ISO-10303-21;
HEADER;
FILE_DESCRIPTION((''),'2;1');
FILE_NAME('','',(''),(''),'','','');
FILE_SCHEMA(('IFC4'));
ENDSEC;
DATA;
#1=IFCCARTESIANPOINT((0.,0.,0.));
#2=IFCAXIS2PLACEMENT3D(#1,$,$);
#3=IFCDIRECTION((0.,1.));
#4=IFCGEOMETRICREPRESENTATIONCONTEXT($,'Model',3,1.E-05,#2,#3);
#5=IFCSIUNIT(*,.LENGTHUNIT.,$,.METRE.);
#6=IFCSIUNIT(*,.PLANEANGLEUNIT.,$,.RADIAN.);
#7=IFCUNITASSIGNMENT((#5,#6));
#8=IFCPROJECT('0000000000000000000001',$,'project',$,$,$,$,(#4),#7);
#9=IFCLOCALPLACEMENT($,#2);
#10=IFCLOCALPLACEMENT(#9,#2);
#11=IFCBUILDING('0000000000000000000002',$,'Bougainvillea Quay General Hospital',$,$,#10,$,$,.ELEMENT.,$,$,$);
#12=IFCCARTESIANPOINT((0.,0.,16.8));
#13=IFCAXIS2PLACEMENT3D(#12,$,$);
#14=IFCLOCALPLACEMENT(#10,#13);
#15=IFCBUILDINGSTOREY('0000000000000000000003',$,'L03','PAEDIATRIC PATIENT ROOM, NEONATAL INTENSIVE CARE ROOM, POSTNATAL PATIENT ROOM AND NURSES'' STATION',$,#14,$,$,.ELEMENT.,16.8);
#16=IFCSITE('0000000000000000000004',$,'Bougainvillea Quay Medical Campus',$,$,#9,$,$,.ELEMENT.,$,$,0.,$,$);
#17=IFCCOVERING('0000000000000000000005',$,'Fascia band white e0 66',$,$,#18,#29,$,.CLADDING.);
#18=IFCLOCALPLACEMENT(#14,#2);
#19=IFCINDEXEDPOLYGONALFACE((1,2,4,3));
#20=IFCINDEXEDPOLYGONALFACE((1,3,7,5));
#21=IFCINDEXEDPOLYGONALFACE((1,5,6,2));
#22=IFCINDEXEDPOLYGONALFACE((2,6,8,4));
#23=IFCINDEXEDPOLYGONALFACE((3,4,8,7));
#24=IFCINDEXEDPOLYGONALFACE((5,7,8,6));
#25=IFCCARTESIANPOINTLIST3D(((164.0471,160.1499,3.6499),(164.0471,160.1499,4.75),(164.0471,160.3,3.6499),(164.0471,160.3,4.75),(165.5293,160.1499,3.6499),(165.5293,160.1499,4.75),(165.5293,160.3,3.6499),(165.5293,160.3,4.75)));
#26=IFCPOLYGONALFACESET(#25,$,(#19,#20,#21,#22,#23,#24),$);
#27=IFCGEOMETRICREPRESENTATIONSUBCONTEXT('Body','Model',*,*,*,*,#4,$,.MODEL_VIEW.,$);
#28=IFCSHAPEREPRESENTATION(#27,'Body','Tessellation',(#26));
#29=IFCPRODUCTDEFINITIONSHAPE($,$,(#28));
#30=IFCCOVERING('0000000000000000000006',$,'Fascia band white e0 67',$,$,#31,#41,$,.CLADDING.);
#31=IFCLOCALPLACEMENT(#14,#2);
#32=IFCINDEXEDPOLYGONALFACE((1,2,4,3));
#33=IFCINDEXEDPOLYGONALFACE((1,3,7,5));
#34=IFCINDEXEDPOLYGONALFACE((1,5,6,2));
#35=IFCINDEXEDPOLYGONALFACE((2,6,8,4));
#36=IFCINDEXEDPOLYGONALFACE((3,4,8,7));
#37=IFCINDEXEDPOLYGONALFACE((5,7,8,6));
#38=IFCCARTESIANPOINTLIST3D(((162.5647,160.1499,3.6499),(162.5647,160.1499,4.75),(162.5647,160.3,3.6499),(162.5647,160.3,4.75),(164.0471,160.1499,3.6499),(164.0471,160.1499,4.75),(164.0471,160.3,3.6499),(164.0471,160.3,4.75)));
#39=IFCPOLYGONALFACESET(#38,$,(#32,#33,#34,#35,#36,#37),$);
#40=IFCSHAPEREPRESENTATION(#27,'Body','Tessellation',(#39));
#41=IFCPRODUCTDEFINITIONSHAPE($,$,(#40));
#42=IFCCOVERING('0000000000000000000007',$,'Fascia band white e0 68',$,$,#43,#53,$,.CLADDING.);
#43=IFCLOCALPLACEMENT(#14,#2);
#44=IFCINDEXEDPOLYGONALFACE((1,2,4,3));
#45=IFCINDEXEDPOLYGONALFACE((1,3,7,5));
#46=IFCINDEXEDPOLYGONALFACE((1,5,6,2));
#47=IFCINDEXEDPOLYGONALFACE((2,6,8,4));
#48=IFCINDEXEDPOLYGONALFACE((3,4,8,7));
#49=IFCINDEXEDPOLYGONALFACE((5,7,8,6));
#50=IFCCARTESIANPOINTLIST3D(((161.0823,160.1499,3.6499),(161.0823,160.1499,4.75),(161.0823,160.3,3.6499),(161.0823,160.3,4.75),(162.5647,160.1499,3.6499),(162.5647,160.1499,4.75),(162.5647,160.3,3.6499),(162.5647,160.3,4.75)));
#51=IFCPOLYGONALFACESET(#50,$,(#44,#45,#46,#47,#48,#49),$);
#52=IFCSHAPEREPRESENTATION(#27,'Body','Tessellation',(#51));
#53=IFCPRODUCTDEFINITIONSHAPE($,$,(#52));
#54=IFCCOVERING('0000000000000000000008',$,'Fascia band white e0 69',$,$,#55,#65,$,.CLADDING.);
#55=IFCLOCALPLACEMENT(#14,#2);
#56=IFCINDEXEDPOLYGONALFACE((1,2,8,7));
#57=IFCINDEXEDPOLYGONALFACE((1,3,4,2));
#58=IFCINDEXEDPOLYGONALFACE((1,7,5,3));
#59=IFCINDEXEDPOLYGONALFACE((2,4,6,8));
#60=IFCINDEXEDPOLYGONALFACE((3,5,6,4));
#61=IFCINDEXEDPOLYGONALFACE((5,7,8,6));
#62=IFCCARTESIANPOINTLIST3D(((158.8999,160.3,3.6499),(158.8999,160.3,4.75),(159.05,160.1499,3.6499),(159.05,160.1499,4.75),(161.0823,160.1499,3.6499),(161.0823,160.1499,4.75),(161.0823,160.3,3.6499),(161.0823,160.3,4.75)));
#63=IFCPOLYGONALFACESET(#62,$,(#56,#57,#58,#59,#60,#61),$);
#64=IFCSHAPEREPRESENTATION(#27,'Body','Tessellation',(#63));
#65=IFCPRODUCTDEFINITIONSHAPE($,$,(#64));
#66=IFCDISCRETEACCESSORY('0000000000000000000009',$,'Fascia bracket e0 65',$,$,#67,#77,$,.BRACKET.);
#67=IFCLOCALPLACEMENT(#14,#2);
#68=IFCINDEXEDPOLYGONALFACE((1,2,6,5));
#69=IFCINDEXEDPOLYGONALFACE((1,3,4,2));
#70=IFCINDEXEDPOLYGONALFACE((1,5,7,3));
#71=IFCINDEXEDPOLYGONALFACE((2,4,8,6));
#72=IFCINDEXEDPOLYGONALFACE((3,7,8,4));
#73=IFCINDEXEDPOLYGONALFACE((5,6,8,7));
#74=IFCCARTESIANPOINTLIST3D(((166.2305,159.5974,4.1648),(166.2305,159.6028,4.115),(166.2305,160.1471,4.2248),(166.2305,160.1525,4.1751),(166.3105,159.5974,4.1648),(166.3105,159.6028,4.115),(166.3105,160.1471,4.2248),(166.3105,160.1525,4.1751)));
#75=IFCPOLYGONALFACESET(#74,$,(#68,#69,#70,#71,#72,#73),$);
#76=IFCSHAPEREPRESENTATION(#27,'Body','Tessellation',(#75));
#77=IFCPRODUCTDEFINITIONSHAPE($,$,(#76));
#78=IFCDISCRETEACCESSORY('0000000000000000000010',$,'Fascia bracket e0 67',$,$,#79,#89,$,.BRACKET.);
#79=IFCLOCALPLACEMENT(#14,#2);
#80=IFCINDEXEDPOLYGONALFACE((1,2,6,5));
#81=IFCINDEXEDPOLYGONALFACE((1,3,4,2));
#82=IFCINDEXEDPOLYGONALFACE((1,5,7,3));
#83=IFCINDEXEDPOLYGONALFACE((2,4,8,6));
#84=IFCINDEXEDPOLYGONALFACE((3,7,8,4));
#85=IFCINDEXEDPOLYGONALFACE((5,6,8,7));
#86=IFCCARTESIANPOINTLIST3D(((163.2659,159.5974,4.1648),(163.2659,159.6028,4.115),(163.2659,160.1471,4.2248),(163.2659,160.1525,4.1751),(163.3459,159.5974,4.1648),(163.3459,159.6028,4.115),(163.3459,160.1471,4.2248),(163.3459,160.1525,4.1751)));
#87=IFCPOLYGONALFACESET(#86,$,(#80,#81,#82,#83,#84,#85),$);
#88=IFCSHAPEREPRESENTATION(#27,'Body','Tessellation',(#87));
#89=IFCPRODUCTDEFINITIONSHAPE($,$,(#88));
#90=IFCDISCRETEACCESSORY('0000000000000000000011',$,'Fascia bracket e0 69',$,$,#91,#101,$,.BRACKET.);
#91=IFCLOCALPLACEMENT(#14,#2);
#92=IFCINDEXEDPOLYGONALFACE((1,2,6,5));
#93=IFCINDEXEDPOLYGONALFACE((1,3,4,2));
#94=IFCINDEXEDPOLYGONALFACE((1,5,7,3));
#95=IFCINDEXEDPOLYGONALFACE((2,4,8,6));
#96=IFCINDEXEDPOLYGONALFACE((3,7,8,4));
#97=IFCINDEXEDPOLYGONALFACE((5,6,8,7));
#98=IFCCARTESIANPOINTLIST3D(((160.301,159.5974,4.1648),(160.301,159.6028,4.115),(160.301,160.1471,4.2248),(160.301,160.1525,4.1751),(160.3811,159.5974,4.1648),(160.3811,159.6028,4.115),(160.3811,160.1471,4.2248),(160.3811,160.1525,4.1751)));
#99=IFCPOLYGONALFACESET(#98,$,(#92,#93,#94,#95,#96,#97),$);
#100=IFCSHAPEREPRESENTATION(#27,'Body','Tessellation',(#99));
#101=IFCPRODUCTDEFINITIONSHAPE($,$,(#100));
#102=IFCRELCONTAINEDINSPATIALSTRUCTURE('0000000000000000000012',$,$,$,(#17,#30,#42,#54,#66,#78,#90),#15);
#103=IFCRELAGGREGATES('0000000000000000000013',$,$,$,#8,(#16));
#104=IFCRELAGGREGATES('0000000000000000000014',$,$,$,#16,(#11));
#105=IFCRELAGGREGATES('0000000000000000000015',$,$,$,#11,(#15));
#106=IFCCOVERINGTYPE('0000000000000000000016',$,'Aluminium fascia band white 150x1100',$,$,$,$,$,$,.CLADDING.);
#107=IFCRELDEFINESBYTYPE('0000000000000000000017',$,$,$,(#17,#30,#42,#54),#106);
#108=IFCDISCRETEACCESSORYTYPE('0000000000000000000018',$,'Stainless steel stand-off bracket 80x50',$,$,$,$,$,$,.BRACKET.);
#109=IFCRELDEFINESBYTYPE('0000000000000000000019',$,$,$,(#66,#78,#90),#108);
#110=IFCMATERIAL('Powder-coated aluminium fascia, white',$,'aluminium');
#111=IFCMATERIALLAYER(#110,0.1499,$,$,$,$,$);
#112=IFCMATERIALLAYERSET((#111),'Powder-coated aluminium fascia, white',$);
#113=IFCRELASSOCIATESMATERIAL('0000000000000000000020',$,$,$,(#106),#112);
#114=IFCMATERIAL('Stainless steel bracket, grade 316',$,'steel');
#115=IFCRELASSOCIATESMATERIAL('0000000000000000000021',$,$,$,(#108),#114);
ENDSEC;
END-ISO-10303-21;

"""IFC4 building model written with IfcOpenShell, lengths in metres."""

from ifc_helpers import new_model, si_unit, direction, frame, origin, origin_2d, place, context, subcontext, project, spatial, polyline, rectangle, outline, extrude, material, layer, layer_set, material_profile, profile_set, type_object, element, save


model = new_model("IFC4")

# Units and contexts
model_context = context("Model", 3, precision=1e-05, world=origin(), true_north=direction((0.0, 1.0)))
body_context = subcontext(model_context, "Body", "Model", "MODEL_VIEW")
ifc_project = project(units=[si_unit("LENGTHUNIT", "METRE"), si_unit("PLANEANGLEUNIT", "RADIAN")], contexts=[model_context])

# Site, building, storey
site_placement = place(None, origin())
site = spatial("IfcSite", under=ifc_project, at=site_placement, Name="Bougainvillea Quay Medical Campus", CompositionType="ELEMENT", RefElevation=0.0)
building_placement = place(site_placement, origin())
building = spatial("IfcBuilding", under=site, at=building_placement, Name="Bougainvillea Quay General Hospital", CompositionType="ELEMENT")
storey_placement = place(building_placement, frame((0.0, 0.0, 16.8)))
storey = spatial("IfcBuildingStorey", under=building, at=storey_placement, Name="L03", Description="PAEDIATRIC PATIENT ROOM, NEONATAL INTENSIVE CARE ROOM, POSTNATAL PATIENT ROOM AND NURSES' STATION", CompositionType="ELEMENT", Elevation=16.8)

# Coverings
ifc_material_1 = material(Name="Powder-coated aluminium fascia, white", Category="aluminium")
ifc_layer_1 = layer(ifc_material_1, 0.1499)
ifc_layer_set_1 = layer_set([ifc_layer_1], Name="Powder-coated aluminium fascia, white")
covering_type = type_object("IfcCoveringType", Name="Aluminium fascia band white 150x1100", PredefinedType="CLADDING", material=ifc_layer_set_1)
covering_1_placement = place(storey_placement, frame((165.5293, 160.1499, 3.6499), z_axis=(0.0, 0.0, 1.0), x_axis=(-1.0, 0.0, 0.0)))
element("IfcCovering", 1, at=covering_1_placement, inside=storey, type_object=covering_type, Name="Fascia band white e0 66", PredefinedType="CLADDING", context=body_context, shape_type="SweptSolid", body=[
    extrude(outline(polyline([(0.0, 0.0), (1.4822, 0.0), (1.4822, -0.1501), (0.0, -0.1501), (0.0, 0.0)])), origin(), (0.0, 0.0, 1.0), 1.1001),
])
for number, where, z_axis, x_axis, name in (
    (2, (164.0471, 160.1499, 3.6499), (0.0, 0.0, 1.0), (-1.0, 0.0, 0.0), "Fascia band white e0 67"),
    (3, (162.5647, 160.1499, 3.6499), (0.0, 0.0, 1.0), (-1.0, 0.0, 0.0), "Fascia band white e0 68"),
):
    element("IfcCovering", number, at=place(storey_placement, frame(where, z_axis=z_axis, x_axis=x_axis)), inside=storey, type_object=covering_type, Name=name, PredefinedType="CLADDING", context=body_context, shape_type="SweptSolid", body=[
        extrude(outline(polyline([(0.0, 0.0), (1.4824, 0.0), (1.4824, -0.1501), (0.0, -0.1501), (0.0, 0.0)])), origin(), (0.0, 0.0, 1.0), 1.1001),
    ])
covering_2_placement = place(storey_placement, frame((161.0823, 160.1499, 3.6499), z_axis=(0.0, 0.0, 1.0), x_axis=(-1.0, 0.0, 0.0)))
element("IfcCovering", 4, at=covering_2_placement, inside=storey, type_object=covering_type, Name="Fascia band white e0 69", PredefinedType="CLADDING", context=body_context, shape_type="SweptSolid", body=[
    extrude(outline(polyline([(0.0, 0.0), (2.0322, 0.0), (2.1824, -0.1501), (0.0, -0.1501), (0.0, 0.0)])), origin(), (0.0, 0.0, 1.0), 1.1001),
])

# Discrete accessories
ifc_material_2 = material(Name="Stainless steel bracket, grade 316", Category="steel")
ifc_material_profile_1 = material_profile(ifc_material_2, rectangle(XDim=0.0801, YDim=0.05, at=origin_2d()))
ifc_profile_set_1 = profile_set([ifc_material_profile_1], Name="Stainless steel bracket, grade 316")
discrete_accessory_type = type_object("IfcDiscreteAccessoryType", Name="Stainless steel stand-off bracket 80x50", PredefinedType="BRACKET", material=ifc_profile_set_1)
for number, where, z_axis, x_axis, name in (
    (5, (166.2705, 159.6001, 4.1399), (0.0, 0.994087, 0.10859), (-1.0, 0.0, 0.0), "Fascia bracket e0 65"),
    (6, (163.3059, 159.6001, 4.1399), (0.0, 0.994087, 0.10859), (-1.0, 0.0, 0.0), "Fascia bracket e0 67"),
    (7, (160.3411, 159.6001, 4.1399), (0.0, 0.994087, 0.10859), (-1.0, 0.0, 0.0), "Fascia bracket e0 69"),
):
    element("IfcDiscreteAccessory", number, at=place(storey_placement, frame(where, z_axis=z_axis, x_axis=x_axis)), inside=storey, type_object=discrete_accessory_type, Name=name, PredefinedType="BRACKET", context=body_context, shape_type="SweptSolid", body=[
        extrude(rectangle(XDim=0.0801, YDim=0.05, at=origin_2d()), origin(), (0.0, 0.0, 1.0), 0.553),
    ])

save(model, "model.ifc")
